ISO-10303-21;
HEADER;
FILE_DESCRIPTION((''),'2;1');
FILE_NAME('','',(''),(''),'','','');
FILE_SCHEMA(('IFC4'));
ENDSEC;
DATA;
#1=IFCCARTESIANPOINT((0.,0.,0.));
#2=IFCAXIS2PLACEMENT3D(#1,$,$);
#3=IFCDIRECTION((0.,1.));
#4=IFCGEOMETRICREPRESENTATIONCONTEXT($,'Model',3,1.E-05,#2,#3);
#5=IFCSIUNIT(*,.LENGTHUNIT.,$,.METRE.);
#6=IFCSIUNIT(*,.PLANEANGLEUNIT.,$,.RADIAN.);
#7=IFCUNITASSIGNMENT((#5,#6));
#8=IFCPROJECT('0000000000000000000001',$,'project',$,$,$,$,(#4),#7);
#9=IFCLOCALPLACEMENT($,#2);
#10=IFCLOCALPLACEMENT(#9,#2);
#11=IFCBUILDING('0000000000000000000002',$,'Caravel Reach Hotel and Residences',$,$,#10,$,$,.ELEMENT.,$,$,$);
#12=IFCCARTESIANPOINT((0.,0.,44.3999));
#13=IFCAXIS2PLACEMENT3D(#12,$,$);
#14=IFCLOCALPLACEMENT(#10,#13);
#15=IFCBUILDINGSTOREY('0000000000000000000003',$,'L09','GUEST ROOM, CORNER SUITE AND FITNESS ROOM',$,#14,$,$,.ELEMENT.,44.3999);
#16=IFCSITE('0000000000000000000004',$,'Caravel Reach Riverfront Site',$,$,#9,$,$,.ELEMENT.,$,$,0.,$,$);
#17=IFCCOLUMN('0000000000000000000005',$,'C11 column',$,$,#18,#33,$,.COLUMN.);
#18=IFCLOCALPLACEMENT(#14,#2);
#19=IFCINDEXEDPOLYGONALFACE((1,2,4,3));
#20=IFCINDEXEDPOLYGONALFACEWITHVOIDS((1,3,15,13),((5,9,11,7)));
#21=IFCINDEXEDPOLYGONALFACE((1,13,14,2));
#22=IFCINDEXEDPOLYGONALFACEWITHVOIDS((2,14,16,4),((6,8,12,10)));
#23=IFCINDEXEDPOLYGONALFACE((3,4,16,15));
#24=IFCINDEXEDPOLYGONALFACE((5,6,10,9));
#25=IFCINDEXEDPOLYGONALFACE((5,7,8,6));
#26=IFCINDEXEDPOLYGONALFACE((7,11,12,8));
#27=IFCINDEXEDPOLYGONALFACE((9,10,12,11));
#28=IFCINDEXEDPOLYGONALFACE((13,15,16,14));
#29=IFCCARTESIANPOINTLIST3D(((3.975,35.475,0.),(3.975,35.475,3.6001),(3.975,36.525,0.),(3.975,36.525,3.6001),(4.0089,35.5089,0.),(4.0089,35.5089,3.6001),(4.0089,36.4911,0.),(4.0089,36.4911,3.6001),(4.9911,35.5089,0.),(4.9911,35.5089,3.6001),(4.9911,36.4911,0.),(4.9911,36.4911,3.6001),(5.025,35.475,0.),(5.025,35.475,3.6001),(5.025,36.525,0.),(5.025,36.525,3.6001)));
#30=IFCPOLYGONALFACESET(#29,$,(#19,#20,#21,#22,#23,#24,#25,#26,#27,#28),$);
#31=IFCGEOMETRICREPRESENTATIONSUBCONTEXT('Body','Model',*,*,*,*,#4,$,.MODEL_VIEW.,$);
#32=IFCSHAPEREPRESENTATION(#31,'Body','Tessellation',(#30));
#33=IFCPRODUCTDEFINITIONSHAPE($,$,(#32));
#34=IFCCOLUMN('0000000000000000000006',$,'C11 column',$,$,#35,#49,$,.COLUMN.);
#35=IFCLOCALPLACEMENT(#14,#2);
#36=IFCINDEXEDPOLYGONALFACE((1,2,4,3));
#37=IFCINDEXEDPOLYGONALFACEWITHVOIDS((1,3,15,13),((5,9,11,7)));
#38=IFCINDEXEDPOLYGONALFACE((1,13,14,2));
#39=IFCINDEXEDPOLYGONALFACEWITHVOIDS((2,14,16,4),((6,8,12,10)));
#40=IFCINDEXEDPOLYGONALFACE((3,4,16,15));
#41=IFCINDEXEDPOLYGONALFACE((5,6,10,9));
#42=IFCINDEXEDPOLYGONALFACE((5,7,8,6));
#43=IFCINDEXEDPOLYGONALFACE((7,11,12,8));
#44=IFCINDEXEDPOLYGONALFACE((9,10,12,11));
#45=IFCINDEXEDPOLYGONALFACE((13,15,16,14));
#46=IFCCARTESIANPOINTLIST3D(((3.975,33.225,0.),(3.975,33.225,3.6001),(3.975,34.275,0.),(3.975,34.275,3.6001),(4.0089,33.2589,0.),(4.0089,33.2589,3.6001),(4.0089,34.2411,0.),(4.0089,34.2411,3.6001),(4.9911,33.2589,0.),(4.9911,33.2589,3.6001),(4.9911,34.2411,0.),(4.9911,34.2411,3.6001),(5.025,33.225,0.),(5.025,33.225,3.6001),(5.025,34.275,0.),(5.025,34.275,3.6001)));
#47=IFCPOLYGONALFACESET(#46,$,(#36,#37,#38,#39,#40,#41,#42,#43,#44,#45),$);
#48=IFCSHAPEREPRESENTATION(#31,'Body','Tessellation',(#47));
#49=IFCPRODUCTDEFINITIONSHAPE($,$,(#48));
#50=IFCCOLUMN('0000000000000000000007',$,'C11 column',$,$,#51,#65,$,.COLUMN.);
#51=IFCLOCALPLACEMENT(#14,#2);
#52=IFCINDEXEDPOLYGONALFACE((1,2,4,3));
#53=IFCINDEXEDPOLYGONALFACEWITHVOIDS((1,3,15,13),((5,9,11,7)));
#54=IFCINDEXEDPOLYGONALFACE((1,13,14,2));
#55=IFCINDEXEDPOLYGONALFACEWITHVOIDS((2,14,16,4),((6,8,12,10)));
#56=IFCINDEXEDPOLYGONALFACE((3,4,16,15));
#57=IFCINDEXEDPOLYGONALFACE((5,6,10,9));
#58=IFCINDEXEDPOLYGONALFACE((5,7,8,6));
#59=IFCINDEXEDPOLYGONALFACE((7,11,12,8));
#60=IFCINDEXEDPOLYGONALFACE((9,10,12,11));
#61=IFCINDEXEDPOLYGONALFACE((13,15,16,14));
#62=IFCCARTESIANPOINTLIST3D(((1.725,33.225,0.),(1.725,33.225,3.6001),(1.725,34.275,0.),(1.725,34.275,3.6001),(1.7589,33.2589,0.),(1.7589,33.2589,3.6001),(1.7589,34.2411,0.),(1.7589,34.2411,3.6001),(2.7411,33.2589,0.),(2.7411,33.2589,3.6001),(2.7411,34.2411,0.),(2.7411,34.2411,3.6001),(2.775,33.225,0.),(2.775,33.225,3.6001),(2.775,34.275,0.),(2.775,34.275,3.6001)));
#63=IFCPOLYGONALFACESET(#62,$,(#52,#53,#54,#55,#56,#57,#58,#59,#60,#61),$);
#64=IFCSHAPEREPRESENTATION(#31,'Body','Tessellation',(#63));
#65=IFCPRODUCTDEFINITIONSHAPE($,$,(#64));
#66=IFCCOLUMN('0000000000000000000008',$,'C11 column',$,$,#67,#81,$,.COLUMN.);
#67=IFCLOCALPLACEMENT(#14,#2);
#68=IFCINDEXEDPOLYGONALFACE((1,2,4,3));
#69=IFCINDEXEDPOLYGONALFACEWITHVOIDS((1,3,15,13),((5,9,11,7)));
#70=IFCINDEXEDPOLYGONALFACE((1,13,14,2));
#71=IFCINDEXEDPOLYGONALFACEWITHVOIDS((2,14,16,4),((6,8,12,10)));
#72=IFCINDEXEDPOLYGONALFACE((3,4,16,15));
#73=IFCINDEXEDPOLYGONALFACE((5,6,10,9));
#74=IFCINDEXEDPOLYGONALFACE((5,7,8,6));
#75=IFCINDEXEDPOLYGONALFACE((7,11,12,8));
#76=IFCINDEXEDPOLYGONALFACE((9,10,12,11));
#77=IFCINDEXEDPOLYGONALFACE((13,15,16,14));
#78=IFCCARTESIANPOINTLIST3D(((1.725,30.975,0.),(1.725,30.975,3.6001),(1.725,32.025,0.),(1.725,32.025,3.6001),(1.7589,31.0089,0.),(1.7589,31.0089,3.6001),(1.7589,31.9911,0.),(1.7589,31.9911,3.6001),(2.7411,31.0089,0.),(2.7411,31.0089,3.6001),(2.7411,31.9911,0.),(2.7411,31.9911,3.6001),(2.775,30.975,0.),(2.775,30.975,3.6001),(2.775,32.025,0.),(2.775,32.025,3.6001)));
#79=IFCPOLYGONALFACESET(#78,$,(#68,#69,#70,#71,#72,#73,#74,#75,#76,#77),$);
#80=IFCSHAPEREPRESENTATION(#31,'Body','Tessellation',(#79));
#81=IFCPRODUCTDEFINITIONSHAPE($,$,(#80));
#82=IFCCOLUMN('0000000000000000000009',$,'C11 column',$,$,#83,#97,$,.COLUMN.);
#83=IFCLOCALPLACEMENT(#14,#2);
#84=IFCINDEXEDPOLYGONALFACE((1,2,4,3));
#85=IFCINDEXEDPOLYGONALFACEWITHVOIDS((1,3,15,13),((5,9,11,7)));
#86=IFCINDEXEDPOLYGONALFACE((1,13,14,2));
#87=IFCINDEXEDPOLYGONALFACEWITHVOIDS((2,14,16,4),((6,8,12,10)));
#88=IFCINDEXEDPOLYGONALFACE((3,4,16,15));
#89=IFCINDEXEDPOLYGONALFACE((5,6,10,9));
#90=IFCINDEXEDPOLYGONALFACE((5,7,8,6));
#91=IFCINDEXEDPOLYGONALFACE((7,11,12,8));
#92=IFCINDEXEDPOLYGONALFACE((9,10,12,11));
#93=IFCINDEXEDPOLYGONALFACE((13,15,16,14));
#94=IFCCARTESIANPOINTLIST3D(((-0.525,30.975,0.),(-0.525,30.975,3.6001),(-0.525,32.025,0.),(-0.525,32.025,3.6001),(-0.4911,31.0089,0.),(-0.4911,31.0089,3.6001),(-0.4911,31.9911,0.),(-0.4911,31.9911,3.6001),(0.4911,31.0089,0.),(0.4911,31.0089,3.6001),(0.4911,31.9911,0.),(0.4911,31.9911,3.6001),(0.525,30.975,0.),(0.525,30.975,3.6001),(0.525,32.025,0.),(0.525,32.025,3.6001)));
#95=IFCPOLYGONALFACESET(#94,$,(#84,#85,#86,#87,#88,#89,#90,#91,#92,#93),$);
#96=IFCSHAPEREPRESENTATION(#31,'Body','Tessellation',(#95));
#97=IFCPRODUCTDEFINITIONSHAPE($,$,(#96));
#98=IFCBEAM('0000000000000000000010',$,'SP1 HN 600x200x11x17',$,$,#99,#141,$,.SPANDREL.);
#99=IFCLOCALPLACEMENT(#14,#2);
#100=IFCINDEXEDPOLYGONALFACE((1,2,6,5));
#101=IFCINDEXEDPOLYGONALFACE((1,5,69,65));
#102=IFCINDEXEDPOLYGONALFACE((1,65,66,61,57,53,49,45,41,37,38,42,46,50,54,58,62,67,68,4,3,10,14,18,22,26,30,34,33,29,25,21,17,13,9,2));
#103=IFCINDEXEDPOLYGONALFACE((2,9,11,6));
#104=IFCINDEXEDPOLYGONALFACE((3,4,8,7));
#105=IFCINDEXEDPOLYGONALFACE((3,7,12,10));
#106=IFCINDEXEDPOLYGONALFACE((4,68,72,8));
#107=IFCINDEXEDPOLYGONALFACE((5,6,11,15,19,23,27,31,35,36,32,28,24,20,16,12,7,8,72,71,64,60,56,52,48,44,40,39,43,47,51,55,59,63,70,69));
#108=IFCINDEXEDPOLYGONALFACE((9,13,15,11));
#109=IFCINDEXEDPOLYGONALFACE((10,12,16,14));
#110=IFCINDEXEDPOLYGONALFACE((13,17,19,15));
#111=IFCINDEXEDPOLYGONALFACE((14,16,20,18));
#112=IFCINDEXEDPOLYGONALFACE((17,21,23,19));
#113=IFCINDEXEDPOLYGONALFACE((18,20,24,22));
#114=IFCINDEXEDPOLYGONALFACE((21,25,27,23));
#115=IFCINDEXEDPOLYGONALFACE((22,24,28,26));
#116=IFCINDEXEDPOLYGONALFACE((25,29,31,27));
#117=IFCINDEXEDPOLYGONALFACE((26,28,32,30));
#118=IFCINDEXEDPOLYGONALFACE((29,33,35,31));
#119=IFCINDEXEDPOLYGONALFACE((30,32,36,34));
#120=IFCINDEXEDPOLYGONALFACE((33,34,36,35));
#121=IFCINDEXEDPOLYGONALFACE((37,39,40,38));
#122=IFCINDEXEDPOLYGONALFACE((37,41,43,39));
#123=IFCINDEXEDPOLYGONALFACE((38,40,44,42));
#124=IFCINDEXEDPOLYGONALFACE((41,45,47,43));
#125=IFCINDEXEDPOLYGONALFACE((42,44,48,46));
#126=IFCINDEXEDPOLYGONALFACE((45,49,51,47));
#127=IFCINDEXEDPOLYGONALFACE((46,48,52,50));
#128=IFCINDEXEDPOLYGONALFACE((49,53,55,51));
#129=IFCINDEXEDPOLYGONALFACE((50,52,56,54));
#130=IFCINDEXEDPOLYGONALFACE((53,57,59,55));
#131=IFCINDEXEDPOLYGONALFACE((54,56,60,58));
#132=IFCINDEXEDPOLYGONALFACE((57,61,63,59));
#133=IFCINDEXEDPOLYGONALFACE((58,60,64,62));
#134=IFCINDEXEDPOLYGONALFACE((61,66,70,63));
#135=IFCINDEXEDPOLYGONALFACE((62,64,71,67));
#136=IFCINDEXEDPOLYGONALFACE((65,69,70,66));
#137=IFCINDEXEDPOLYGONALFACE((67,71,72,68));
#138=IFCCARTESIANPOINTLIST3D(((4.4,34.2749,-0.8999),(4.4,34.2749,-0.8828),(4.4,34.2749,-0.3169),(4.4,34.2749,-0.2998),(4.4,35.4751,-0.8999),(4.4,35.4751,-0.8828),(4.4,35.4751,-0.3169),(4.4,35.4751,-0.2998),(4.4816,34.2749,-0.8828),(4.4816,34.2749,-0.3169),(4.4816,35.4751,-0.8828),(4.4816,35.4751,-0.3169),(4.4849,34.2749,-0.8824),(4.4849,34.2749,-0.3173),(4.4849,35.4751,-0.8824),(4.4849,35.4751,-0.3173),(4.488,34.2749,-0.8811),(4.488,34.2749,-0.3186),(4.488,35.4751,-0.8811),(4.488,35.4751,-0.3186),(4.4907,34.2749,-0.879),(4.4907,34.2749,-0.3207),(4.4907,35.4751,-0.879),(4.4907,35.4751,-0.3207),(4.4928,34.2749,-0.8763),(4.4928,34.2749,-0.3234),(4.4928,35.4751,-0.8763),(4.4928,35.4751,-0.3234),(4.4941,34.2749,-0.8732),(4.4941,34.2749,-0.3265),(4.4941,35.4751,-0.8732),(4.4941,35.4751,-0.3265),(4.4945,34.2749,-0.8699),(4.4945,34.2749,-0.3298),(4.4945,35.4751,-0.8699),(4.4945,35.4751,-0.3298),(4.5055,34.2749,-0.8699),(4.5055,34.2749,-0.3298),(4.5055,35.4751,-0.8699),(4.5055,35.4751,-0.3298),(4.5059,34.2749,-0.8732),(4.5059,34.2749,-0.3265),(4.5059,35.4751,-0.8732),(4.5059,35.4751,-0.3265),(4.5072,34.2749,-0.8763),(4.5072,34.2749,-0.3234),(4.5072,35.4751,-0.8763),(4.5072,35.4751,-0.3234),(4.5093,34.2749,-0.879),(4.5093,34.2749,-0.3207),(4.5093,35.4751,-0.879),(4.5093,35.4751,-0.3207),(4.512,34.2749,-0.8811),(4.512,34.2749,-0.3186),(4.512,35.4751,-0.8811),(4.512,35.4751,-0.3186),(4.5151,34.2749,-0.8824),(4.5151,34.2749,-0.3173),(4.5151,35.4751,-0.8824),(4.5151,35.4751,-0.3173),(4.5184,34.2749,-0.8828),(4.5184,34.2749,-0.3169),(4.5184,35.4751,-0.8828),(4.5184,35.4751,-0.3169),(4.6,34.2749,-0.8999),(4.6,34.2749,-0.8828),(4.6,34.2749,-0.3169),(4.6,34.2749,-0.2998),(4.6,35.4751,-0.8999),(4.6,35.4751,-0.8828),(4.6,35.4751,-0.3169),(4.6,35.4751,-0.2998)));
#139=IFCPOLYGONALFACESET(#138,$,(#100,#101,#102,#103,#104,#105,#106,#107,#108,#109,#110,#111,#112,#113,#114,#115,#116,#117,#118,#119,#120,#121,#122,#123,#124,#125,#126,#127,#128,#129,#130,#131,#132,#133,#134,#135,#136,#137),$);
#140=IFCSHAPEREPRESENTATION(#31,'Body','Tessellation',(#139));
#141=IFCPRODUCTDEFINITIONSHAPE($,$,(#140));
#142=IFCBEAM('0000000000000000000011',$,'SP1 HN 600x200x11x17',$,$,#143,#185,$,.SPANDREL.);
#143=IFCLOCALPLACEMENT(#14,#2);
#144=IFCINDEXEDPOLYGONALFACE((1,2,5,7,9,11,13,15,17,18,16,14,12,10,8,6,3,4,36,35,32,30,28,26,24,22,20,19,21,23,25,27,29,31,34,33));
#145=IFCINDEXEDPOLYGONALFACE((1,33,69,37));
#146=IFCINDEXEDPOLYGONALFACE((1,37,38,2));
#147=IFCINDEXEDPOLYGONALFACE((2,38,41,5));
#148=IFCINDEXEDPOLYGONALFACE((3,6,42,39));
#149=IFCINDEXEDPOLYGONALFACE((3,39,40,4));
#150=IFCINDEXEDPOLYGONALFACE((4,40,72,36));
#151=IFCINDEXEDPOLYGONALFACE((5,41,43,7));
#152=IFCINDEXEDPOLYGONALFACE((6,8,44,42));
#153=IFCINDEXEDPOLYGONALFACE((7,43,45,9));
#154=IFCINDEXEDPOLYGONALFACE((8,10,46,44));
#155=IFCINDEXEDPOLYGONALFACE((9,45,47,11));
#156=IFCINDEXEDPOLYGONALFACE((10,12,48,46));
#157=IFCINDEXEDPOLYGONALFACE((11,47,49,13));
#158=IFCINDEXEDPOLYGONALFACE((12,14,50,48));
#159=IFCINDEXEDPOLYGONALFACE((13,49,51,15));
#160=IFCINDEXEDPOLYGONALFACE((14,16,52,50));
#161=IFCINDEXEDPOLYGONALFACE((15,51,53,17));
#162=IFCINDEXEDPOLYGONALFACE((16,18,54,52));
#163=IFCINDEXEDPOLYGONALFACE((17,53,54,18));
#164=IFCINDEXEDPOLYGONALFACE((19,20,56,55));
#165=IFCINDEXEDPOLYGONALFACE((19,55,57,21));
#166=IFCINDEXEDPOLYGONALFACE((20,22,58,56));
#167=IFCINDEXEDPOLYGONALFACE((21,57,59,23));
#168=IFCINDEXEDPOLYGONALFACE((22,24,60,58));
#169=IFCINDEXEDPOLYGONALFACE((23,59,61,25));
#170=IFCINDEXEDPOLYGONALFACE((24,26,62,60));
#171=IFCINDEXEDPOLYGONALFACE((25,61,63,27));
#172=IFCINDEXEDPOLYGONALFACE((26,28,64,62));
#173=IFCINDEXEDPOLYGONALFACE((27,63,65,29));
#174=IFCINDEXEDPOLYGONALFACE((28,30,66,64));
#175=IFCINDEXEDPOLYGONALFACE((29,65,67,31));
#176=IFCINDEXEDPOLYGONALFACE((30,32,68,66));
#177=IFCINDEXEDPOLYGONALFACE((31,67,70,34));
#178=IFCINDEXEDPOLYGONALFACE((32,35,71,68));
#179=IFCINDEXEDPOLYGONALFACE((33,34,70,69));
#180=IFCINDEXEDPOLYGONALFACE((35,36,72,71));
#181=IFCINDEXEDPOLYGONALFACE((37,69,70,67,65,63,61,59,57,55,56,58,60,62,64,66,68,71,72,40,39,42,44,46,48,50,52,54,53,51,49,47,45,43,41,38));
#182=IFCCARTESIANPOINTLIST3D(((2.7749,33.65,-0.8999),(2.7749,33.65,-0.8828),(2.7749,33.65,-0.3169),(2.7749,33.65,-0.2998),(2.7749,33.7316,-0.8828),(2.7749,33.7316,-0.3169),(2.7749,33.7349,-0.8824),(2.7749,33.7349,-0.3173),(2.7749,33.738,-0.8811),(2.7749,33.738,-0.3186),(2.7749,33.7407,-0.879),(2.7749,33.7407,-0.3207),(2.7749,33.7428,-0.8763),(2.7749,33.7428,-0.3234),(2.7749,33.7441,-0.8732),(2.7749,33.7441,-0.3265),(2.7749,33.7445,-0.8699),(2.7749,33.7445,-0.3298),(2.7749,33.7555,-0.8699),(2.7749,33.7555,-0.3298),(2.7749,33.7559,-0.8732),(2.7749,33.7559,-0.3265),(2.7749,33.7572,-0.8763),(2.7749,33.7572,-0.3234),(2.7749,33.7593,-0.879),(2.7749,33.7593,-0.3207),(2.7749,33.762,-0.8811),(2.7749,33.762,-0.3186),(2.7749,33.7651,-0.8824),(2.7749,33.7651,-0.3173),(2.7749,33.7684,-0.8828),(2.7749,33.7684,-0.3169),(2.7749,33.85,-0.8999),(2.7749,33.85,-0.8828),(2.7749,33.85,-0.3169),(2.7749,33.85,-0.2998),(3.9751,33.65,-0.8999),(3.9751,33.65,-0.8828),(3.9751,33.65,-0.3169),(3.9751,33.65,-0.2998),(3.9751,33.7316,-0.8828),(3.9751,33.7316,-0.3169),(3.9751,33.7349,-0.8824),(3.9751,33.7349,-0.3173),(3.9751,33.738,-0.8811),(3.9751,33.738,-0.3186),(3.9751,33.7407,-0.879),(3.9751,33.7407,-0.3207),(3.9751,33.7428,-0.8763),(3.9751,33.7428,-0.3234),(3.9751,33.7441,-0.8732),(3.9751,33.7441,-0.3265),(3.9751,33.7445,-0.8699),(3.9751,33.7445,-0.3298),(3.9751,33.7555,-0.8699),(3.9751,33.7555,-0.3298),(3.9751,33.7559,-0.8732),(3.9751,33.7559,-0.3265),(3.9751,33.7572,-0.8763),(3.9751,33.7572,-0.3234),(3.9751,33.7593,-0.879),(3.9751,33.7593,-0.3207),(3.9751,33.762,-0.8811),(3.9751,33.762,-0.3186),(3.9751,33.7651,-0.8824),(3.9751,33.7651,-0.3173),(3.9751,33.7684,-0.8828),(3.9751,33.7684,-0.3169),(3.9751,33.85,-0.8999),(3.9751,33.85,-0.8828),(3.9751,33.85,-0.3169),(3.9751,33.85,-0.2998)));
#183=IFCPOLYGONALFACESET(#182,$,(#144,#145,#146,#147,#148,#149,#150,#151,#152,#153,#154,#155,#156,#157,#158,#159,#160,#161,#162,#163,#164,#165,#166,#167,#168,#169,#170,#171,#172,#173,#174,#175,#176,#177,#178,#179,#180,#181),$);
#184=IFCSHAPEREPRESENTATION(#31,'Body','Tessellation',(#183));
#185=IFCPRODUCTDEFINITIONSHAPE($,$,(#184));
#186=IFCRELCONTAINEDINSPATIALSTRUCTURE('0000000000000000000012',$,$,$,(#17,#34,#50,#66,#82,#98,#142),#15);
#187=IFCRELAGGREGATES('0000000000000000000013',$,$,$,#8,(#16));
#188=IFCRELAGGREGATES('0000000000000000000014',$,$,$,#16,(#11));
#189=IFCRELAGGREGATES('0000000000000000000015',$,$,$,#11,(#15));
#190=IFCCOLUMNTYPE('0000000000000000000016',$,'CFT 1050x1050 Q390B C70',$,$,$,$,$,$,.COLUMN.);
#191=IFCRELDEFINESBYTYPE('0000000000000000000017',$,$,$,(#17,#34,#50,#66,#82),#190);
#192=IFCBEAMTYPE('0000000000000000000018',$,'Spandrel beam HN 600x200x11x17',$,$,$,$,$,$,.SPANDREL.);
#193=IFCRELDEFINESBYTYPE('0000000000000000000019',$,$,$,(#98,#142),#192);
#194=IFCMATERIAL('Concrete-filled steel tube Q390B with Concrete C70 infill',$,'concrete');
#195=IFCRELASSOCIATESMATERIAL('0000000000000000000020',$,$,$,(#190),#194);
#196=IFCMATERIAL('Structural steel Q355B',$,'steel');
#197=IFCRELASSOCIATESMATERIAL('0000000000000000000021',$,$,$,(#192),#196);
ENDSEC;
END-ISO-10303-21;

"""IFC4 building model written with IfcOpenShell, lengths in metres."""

from ifc_helpers import new_model, si_unit, direction, frame, origin, origin_2d, place, context, subcontext, project, spatial, hollow_rectangle, i_section, extrude, material, material_profile, profile_set, type_object, element, save


model = new_model("IFC4")

# Units and contexts
model_context = context("Model", 3, precision=1e-05, world=origin(), true_north=direction((0.0, 1.0)))
body_context = subcontext(model_context, "Body", "Model", "MODEL_VIEW")
ifc_project = project(units=[si_unit("LENGTHUNIT", "METRE"), si_unit("PLANEANGLEUNIT", "RADIAN")], contexts=[model_context])

# Site, building, storey
site_placement = place(None, origin())
site = spatial("IfcSite", under=ifc_project, at=site_placement, Name="Caravel Reach Riverfront Site", CompositionType="ELEMENT", RefElevation=0.0)
building_placement = place(site_placement, origin())
building = spatial("IfcBuilding", under=site, at=building_placement, Name="Caravel Reach Hotel and Residences", CompositionType="ELEMENT")
storey_placement = place(building_placement, frame((0.0, 0.0, 44.3999)))
storey = spatial("IfcBuildingStorey", under=building, at=storey_placement, Name="L09", Description="GUEST ROOM, CORNER SUITE AND FITNESS ROOM", CompositionType="ELEMENT", Elevation=44.3999)

# Columns
ifc_material_1 = material(Name="Concrete-filled steel tube Q390B with Concrete C70 infill", Category="concrete")
ifc_material_profile_1 = material_profile(ifc_material_1, hollow_rectangle(XDim=1.05, YDim=1.05, WallThickness=0.0339, at=origin_2d()), Name="RHS 1050x1050x34")
ifc_profile_set_1 = profile_set([ifc_material_profile_1], Name="Concrete-filled steel tube Q390B with Concrete C70 infill")
column_type = type_object("IfcColumnType", Name="CFT 1050x1050 Q390B C70", PredefinedType="COLUMN", material=ifc_profile_set_1)
for number, where, z_axis, x_axis, name in (
    (1, (4.5, 36.0, 0.0), (0.0, 0.0, 1.0), (1.0, 0.0, 0.0), "C11 column"),
    (2, (4.5, 33.75, 0.0), (0.0, 0.0, 1.0), (1.0, 0.0, 0.0), "C11 column"),
    (3, (2.25, 33.75, 0.0), (0.0, 0.0, 1.0), (1.0, 0.0, 0.0), "C11 column"),
    (4, (2.25, 31.5, 0.0), (0.0, 0.0, 1.0), (1.0, 0.0, 0.0), "C11 column"),
    (5, (0.0, 31.5, 0.0), (0.0, 0.0, 1.0), (1.0, 0.0, 0.0), "C11 column"),
):
    element("IfcColumn", number, at=place(storey_placement, frame(where, z_axis=z_axis, x_axis=x_axis)), inside=storey, type_object=column_type, Name=name, PredefinedType="COLUMN", context=body_context, shape_type="SweptSolid", body=[
        extrude(hollow_rectangle(XDim=1.05, YDim=1.05, WallThickness=0.0339, at=origin_2d()), origin(), (0.0, 0.0, 1.0), 3.6001),
    ])

# Beams
ifc_material_2 = material(Name="Structural steel Q355B", Category="steel")
ifc_material_profile_2 = material_profile(ifc_material_2, i_section(OverallWidth=0.2, OverallDepth=0.6001, WebThickness=0.011, FlangeThickness=0.0171, FilletRadius=0.0129, at=origin_2d()), Name="HN 600x200x11x17")
ifc_profile_set_2 = profile_set([ifc_material_profile_2], Name="Structural steel Q355B")
beam_type = type_object("IfcBeamType", Name="Spandrel beam HN 600x200x11x17", PredefinedType="SPANDREL", material=ifc_profile_set_2)
for number, where, z_axis, x_axis, name in (
    (6, (4.5, 35.4751, -0.5999), (0.0, -1.0, 0.0), (1.0, 0.0, 0.0), "SP1 HN 600x200x11x17"),
    (7, (3.9751, 33.75, -0.5999), (-1.0, 0.0, 0.0), (0.0, -1.0, 0.0), "SP1 HN 600x200x11x17"),
):
    element("IfcBeam", number, at=place(storey_placement, frame(where, z_axis=z_axis, x_axis=x_axis)), inside=storey, type_object=beam_type, Name=name, PredefinedType="SPANDREL", context=body_context, shape_type="SweptSolid", body=[
        extrude(i_section(OverallWidth=0.2, OverallDepth=0.6001, WebThickness=0.011, FlangeThickness=0.0171, FilletRadius=0.0129, at=origin_2d()), origin(), (0.0, 0.0, 1.0), 1.2002),
    ])

save(model, "model.ifc")
